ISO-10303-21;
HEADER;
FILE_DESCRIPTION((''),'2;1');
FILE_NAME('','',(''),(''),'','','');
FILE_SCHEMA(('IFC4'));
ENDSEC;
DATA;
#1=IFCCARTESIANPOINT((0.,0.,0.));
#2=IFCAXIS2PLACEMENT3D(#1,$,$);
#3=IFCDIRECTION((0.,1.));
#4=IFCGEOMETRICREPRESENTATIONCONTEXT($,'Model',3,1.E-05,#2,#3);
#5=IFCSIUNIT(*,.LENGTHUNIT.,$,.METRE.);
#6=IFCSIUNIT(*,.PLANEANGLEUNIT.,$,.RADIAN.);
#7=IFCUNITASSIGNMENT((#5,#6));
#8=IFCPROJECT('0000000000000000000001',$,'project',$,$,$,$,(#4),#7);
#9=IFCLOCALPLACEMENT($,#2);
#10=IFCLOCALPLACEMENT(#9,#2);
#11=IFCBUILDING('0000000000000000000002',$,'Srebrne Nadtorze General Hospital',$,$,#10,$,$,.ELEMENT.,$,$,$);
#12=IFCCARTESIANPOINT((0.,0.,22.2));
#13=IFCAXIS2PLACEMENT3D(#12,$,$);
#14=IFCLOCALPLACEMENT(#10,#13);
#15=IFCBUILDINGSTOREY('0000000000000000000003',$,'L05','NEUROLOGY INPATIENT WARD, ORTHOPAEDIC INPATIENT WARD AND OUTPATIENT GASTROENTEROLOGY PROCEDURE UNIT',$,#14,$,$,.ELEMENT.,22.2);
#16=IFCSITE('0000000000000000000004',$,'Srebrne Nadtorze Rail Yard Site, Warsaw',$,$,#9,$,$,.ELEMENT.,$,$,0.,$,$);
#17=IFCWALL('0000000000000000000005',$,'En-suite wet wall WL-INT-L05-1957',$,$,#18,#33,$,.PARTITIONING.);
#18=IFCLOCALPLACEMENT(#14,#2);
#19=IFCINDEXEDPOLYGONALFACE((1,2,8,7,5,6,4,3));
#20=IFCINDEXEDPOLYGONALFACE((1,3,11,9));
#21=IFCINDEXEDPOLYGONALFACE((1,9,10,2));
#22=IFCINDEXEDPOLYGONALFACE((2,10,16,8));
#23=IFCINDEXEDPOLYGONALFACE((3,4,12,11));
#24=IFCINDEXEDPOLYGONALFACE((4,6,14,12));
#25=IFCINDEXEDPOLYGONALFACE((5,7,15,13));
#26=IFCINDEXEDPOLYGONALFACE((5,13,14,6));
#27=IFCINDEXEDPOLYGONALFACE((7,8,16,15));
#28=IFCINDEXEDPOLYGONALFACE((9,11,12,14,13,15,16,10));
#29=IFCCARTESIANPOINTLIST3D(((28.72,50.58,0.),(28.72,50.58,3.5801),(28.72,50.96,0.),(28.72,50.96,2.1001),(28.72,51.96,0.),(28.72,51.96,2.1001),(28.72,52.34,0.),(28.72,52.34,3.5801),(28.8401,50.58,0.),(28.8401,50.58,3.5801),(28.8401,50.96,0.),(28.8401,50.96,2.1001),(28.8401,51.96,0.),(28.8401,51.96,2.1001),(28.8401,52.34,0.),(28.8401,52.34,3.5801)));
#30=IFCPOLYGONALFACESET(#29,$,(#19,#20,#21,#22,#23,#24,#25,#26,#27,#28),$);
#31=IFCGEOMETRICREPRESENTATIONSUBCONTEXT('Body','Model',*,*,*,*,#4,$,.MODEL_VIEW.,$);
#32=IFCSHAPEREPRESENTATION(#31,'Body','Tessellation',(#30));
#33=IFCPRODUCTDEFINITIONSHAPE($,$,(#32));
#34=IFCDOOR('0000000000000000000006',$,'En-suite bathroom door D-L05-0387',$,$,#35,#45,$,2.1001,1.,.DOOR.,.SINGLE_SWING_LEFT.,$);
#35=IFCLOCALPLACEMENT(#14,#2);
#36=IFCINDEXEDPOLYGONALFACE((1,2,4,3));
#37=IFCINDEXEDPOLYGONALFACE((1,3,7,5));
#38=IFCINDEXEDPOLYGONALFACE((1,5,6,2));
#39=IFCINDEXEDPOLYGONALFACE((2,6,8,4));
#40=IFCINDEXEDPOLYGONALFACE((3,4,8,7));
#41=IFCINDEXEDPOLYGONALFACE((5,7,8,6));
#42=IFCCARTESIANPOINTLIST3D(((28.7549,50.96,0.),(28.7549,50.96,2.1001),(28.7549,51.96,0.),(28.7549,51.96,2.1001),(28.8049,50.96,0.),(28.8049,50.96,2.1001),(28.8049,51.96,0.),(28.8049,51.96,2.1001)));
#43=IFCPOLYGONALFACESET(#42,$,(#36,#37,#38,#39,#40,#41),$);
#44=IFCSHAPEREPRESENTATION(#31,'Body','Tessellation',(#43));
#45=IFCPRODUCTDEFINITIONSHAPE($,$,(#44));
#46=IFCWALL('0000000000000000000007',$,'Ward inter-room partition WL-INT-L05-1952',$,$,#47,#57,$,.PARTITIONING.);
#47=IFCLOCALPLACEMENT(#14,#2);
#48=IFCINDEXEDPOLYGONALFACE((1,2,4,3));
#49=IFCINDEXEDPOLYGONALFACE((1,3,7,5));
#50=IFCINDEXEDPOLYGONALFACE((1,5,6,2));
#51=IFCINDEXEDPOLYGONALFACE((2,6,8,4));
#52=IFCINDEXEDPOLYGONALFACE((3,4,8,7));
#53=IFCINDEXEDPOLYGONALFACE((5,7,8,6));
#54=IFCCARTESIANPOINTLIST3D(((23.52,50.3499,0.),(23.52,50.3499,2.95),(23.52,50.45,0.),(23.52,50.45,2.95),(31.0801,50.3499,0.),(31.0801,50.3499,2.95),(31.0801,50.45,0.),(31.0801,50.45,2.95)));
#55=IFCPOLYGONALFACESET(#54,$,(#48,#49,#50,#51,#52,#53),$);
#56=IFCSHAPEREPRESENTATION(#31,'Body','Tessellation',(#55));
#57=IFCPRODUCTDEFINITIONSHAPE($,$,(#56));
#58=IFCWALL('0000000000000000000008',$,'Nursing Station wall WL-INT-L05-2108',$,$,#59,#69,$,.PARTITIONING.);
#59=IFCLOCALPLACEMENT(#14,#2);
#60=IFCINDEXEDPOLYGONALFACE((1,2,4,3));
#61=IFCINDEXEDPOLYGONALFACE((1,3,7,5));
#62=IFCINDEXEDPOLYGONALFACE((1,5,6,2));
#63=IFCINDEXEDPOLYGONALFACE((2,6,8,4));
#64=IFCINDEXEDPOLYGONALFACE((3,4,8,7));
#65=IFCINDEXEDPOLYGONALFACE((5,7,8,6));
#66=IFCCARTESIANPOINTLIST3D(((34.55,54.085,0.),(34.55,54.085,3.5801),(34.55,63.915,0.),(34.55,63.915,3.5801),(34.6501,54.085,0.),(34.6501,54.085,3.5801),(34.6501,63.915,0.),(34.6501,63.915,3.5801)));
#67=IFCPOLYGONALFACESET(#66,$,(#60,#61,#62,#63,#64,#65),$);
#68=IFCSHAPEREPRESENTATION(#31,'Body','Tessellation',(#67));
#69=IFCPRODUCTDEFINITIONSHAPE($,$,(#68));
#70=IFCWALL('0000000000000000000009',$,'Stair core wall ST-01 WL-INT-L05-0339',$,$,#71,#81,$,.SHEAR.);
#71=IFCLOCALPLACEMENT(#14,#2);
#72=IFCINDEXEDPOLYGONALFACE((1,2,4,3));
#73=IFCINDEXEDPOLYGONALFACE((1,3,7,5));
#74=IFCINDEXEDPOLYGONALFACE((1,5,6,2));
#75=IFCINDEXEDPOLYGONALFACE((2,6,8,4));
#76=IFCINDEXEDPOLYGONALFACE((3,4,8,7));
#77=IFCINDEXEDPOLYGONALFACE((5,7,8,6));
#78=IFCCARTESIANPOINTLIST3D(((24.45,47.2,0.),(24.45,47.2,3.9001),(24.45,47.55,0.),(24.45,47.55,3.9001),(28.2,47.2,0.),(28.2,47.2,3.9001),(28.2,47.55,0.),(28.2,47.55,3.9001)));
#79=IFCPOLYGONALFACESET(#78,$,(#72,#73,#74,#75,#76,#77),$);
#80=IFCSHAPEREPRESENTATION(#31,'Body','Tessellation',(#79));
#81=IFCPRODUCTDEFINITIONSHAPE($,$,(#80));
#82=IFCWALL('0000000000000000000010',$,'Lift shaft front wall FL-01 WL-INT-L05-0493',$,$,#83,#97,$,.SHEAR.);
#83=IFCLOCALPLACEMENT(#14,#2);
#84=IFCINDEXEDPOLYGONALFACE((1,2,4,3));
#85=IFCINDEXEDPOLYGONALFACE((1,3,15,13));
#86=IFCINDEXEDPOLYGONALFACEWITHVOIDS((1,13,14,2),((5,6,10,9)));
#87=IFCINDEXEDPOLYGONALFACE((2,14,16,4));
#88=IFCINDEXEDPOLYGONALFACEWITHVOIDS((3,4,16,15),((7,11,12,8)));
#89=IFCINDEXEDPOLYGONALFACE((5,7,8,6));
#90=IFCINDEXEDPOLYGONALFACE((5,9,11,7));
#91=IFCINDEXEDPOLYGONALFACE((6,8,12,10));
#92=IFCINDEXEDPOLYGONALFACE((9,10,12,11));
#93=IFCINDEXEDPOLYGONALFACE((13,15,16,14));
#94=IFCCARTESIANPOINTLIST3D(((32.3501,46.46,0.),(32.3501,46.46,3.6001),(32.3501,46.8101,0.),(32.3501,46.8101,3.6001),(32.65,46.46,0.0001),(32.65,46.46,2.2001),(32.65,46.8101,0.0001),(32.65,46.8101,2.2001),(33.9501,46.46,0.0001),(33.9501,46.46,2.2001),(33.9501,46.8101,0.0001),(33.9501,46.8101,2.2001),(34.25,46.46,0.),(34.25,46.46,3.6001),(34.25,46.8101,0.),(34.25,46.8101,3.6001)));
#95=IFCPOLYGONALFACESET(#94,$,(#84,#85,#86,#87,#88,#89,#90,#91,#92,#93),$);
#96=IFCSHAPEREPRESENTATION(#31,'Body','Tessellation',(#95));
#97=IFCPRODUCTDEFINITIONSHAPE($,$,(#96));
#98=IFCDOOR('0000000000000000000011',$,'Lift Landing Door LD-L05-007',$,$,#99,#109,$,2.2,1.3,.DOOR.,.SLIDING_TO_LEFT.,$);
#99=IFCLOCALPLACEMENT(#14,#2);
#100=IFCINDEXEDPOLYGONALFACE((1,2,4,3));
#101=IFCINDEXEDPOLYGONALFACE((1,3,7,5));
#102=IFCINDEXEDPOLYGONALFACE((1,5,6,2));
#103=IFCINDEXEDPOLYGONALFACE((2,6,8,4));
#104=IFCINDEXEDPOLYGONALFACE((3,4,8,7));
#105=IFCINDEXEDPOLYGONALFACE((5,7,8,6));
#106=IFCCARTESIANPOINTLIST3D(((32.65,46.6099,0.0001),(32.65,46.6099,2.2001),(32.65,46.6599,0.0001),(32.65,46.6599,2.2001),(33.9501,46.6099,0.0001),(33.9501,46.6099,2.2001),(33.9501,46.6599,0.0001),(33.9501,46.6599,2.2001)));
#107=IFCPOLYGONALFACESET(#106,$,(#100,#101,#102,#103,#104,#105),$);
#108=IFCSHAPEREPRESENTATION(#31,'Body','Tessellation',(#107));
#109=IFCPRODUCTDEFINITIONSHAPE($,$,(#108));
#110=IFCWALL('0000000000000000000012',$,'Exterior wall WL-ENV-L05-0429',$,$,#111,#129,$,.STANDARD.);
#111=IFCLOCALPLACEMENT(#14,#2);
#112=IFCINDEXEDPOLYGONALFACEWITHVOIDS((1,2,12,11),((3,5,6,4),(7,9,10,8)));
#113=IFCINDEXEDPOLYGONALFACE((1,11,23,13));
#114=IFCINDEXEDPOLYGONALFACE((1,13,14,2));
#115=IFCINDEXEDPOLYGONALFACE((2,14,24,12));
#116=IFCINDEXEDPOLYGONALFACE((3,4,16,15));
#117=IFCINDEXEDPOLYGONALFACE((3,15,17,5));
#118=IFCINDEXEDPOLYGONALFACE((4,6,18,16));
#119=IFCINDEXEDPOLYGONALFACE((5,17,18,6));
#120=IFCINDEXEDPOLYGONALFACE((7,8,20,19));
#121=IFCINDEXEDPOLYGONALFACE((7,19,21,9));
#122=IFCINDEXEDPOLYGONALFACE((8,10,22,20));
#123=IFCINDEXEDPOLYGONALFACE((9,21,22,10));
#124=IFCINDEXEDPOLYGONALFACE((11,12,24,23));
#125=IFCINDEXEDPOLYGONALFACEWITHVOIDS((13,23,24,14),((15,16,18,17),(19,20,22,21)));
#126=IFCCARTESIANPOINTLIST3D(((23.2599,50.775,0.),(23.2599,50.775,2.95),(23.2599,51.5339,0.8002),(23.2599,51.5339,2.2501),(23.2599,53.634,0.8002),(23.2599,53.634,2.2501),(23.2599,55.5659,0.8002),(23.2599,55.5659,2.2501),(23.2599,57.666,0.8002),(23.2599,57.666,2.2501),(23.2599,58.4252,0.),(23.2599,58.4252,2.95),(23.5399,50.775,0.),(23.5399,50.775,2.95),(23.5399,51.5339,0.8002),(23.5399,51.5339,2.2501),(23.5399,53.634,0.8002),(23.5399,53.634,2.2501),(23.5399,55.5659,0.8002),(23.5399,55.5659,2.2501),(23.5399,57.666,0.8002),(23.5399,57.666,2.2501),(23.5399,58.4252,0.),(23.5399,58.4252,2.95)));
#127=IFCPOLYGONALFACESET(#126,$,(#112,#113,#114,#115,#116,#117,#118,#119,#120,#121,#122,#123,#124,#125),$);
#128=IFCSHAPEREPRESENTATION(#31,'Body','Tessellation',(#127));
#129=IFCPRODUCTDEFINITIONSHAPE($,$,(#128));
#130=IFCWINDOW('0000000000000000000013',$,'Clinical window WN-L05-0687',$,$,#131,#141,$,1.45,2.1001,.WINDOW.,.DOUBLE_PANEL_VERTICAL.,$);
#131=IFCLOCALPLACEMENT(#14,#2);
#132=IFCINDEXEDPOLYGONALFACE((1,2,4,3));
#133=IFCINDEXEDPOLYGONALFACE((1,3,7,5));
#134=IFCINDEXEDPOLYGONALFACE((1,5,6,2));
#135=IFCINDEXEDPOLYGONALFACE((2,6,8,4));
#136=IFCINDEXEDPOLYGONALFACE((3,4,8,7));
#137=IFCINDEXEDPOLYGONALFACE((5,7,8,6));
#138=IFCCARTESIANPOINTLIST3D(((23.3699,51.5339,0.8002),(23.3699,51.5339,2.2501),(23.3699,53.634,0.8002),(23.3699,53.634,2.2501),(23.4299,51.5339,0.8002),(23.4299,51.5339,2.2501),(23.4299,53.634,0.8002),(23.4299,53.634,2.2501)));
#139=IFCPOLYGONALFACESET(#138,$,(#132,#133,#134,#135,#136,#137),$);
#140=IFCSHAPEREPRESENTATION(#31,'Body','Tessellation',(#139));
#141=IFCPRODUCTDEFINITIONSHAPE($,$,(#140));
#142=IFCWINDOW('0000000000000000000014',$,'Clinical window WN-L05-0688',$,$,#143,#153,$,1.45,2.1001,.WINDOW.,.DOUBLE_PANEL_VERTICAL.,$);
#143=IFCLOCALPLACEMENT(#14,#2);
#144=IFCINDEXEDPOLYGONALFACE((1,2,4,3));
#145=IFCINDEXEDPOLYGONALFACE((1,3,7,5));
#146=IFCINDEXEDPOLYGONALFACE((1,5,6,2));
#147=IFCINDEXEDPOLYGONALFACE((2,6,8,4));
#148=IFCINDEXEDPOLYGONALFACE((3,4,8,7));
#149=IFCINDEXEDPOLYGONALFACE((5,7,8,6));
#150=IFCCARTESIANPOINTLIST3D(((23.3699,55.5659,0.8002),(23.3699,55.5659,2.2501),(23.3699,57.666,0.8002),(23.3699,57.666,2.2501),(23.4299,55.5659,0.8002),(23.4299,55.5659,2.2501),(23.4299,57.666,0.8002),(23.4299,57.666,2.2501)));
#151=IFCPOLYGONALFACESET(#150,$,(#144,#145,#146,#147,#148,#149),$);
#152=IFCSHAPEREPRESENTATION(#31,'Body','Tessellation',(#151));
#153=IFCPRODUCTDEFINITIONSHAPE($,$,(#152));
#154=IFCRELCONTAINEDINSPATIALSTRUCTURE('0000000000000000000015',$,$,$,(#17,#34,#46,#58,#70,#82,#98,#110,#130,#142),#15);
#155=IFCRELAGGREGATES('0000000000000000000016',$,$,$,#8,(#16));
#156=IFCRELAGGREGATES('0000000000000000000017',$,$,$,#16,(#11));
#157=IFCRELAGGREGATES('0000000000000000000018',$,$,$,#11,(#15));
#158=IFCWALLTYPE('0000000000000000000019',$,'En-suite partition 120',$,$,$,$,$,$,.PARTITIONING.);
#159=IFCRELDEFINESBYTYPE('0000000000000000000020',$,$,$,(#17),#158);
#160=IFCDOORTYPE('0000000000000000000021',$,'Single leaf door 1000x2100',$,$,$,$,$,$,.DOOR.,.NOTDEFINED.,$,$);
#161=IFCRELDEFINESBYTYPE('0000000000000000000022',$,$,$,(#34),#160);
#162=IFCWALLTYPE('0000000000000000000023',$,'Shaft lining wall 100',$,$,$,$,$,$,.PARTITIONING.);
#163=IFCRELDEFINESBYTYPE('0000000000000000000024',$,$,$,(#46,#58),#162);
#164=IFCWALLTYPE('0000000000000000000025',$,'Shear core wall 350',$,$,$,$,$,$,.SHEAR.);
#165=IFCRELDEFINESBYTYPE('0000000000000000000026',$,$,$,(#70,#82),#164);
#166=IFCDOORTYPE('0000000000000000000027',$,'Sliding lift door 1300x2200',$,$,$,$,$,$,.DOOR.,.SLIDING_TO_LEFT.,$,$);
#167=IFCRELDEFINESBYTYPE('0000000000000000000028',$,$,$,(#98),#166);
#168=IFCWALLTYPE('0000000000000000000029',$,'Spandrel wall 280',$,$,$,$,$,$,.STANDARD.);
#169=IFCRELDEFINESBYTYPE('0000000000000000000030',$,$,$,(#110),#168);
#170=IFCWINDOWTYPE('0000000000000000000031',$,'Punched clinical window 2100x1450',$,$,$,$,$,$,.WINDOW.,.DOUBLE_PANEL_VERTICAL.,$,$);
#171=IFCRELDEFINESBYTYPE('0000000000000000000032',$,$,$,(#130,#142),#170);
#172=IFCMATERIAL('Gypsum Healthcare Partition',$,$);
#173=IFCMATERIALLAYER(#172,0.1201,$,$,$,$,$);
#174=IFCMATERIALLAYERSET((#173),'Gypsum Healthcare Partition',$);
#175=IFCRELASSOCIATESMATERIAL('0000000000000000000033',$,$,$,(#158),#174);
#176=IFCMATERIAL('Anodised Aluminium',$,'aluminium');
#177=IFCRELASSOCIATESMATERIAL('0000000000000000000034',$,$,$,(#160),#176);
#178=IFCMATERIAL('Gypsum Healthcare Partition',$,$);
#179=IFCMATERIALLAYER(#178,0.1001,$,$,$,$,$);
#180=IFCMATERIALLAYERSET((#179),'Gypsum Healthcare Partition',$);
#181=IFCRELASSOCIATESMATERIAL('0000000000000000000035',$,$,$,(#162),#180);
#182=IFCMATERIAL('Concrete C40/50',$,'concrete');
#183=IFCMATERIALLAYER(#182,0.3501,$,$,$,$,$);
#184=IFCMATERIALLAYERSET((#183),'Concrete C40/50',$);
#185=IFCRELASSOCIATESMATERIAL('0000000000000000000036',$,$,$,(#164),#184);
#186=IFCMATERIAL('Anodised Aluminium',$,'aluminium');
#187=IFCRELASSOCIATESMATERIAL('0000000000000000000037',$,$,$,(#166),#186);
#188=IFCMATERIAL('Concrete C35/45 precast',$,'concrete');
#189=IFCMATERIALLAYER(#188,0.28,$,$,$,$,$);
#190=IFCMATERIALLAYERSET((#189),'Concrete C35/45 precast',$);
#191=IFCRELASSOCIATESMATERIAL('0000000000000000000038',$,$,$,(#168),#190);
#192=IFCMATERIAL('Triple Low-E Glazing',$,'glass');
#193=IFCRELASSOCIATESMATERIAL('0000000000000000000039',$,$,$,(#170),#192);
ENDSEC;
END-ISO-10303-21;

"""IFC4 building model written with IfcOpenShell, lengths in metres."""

from ifc_helpers import new_model, si_unit, direction, frame, frame_2d, origin, place, context, subcontext, project, spatial, rectangle, extrude, material, layer, layer_set, type_object, element, fill, save


model = new_model("IFC4")

# Units and contexts
model_context = context("Model", 3, precision=1e-05, world=origin(), true_north=direction((0.0, 1.0)))
body_context = subcontext(model_context, "Body", "Model", "MODEL_VIEW")
ifc_project = project(units=[si_unit("LENGTHUNIT", "METRE"), si_unit("PLANEANGLEUNIT", "RADIAN")], contexts=[model_context])

# Site, building, storey
site_placement = place(None, origin())
site = spatial("IfcSite", under=ifc_project, at=site_placement, Name="Srebrne Nadtorze Rail Yard Site, Warsaw", CompositionType="ELEMENT", RefElevation=0.0)
building_placement = place(site_placement, origin())
building = spatial("IfcBuilding", under=site, at=building_placement, Name="Srebrne Nadtorze General Hospital", CompositionType="ELEMENT")
storey_placement = place(building_placement, frame((0.0, 0.0, 22.2)))
storey = spatial("IfcBuildingStorey", under=building, at=storey_placement, Name="L05", Description="NEUROLOGY INPATIENT WARD, ORTHOPAEDIC INPATIENT WARD AND OUTPATIENT GASTROENTEROLOGY PROCEDURE UNIT", CompositionType="ELEMENT", Elevation=22.2)

# Shared definitions
ifc_material_1 = material(Name="Gypsum Healthcare Partition")
ifc_layer_1 = layer(ifc_material_1, 0.1201)
ifc_layer_set_1 = layer_set([ifc_layer_1], Name="Gypsum Healthcare Partition")
wall_type_1 = type_object("IfcWallType", Name="En-suite partition 120", PredefinedType="PARTITIONING", material=ifc_layer_set_1)

# Wall, opening, door
wall_1_placement = place(storey_placement, frame((28.78, 50.5801, 0.0), z_axis=(0.0, 0.0, 1.0), x_axis=(0.0, 1.0, 0.0)))
wall_1 = element("IfcWall", 1, at=wall_1_placement, inside=storey, type_object=wall_type_1, Name="En-suite wet wall WL-INT-L05-1957", PredefinedType="PARTITIONING", context=body_context, shape_type="SweptSolid", body=[
    extrude(rectangle(XDim=1.76, YDim=0.1201, at=frame_2d((0.8799, 0.0))), origin(), (0.0, 0.0, 1.0), 3.5801),
])
opening_1_placement = place(wall_1_placement, frame((0.3799, 0.0, 0.0)))
opening_1 = element("IfcOpeningElement", 2, at=opening_1_placement, cuts=wall_1, PredefinedType="OPENING", context=body_context, shape_type="SweptSolid", body=[
    extrude(rectangle(XDim=1.0, YDim=2.1001, at=frame_2d((0.5, 1.05))), frame((0.0, 0.072, 0.0), z_axis=(0.0, -1.0, 0.0), x_axis=(1.0, 0.0, 0.0)), (0.0, 0.0, 1.0), 0.144),
])
ifc_material_2 = material(Name="Anodised Aluminium", Category="aluminium")
door_type_1 = type_object("IfcDoorType", Name="Single leaf door 1000x2100", OperationType="NOTDEFINED", PredefinedType="DOOR", material=ifc_material_2)
door_1_placement = place(opening_1_placement, frame((1.0, 0.0, 0.0), z_axis=(0.0, 0.0, 1.0), x_axis=(-1.0, 0.0, 0.0)))
door_1 = element("IfcDoor", 3, at=door_1_placement, inside=storey, type_object=door_type_1, Name="En-suite bathroom door D-L05-0387", OperationType="SINGLE_SWING_LEFT", OverallHeight=2.1001, OverallWidth=1.0, PredefinedType="DOOR", context=body_context, shape_type="SweptSolid", body=[
    extrude(rectangle(XDim=1.0, YDim=2.1001, at=frame_2d((0.5, 1.05))), frame((0.0, 0.0249, 0.0), z_axis=(0.0, -1.0, 0.0), x_axis=(1.0, 0.0, 0.0)), (0.0, 0.0, 1.0), 0.05),
])
fill(opening_1, door_1)

# Walls
ifc_material_3 = material(Name="Gypsum Healthcare Partition")
ifc_layer_2 = layer(ifc_material_3, 0.1001)
ifc_layer_set_2 = layer_set([ifc_layer_2], Name="Gypsum Healthcare Partition")
wall_type_2 = type_object("IfcWallType", Name="Shaft lining wall 100", PredefinedType="PARTITIONING", material=ifc_layer_set_2)
wall_2_placement = place(storey_placement, frame((23.52, 50.3999, 0.0), z_axis=(0.0, 0.0, 1.0), x_axis=(1.0, 0.0, 0.0)))
element("IfcWall", 4, at=wall_2_placement, inside=storey, type_object=wall_type_2, Name="Ward inter-room partition WL-INT-L05-1952", PredefinedType="PARTITIONING", context=body_context, shape_type="SweptSolid", body=[
    extrude(rectangle(XDim=7.5601, YDim=0.1001, at=frame_2d((3.78, 0.0))), origin(), (0.0, 0.0, 1.0), 2.95),
])
wall_3_placement = place(storey_placement, frame((34.6001, 54.085, 0.0), z_axis=(0.0, 0.0, 1.0), x_axis=(0.0, 1.0, 0.0)))
element("IfcWall", 5, at=wall_3_placement, inside=storey, type_object=wall_type_2, Name="Nursing Station wall WL-INT-L05-2108", PredefinedType="PARTITIONING", context=body_context, shape_type="SweptSolid", body=[
    extrude(rectangle(XDim=9.8301, YDim=0.1001, at=frame_2d((4.915, 0.0))), origin(), (0.0, 0.0, 1.0), 3.5801),
])
ifc_material_4 = material(Name="Concrete C40/50", Category="concrete")
ifc_layer_3 = layer(ifc_material_4, 0.3501)
ifc_layer_set_3 = layer_set([ifc_layer_3], Name="Concrete C40/50")
wall_type_3 = type_object("IfcWallType", Name="Shear core wall 350", PredefinedType="SHEAR", material=ifc_layer_set_3)
wall_4_placement = place(storey_placement, frame((24.45, 47.375, 0.0), z_axis=(0.0, 0.0, 1.0), x_axis=(1.0, 0.0, 0.0)))
element("IfcWall", 6, at=wall_4_placement, inside=storey, type_object=wall_type_3, Name="Stair core wall ST-01 WL-INT-L05-0339", PredefinedType="SHEAR", context=body_context, shape_type="SweptSolid", body=[
    extrude(rectangle(XDim=3.75, YDim=0.3501, at=frame_2d((1.875, 0.0))), origin(), (0.0, 0.0, 1.0), 3.9001),
])

# Wall, opening, door
wall_5_placement = place(storey_placement, frame((32.3501, 46.635, 0.0), z_axis=(0.0, 0.0, 1.0), x_axis=(1.0, 0.0, 0.0)))
wall_5 = element("IfcWall", 7, at=wall_5_placement, inside=storey, type_object=wall_type_3, Name="Lift shaft front wall FL-01 WL-INT-L05-0493", PredefinedType="SHEAR", context=body_context, shape_type="SweptSolid", body=[
    extrude(rectangle(XDim=1.8999, YDim=0.3501, at=frame_2d((0.95, 0.0))), origin(), (0.0, 0.0, 1.0), 3.6001),
])
opening_2_placement = place(wall_5_placement, frame((0.3, 0.0, 0.0)))
opening_2 = element("IfcOpeningElement", 8, at=opening_2_placement, cuts=wall_5, PredefinedType="OPENING", context=body_context, shape_type="SweptSolid", body=[
    extrude(rectangle(XDim=1.3, YDim=2.2, at=frame_2d((0.6499, 1.1001))), frame((0.0, 0.187, 0.0), z_axis=(0.0, -1.0, 0.0), x_axis=(1.0, 0.0, 0.0)), (0.0, 0.0, 1.0), 0.374),
])
ifc_material_5 = material(Name="Anodised Aluminium", Category="aluminium")
door_type_2 = type_object("IfcDoorType", Name="Sliding lift door 1300x2200", OperationType="SLIDING_TO_LEFT", PredefinedType="DOOR", material=ifc_material_5)
door_2_placement = place(opening_2_placement, origin())
door_2 = element("IfcDoor", 9, at=door_2_placement, inside=storey, type_object=door_type_2, Name="Lift Landing Door LD-L05-007", OperationType="SLIDING_TO_LEFT", OverallHeight=2.2, OverallWidth=1.3, PredefinedType="DOOR", context=body_context, shape_type="SweptSolid", body=[
    extrude(rectangle(XDim=1.3, YDim=2.2, at=frame_2d((0.6499, 1.1001))), frame((0.0, 0.0249, 0.0), z_axis=(0.0, -1.0, 0.0), x_axis=(1.0, 0.0, 0.0)), (0.0, 0.0, 1.0), 0.05),
])
fill(opening_2, door_2)

# Wall, openings, windows
ifc_material_6 = material(Name="Concrete C35/45 precast", Category="concrete")
ifc_layer_4 = layer(ifc_material_6, 0.28)
ifc_layer_set_4 = layer_set([ifc_layer_4], Name="Concrete C35/45 precast")
wall_type_4 = type_object("IfcWallType", Name="Spandrel wall 280", PredefinedType="STANDARD", material=ifc_layer_set_4)
wall_6_placement = place(storey_placement, frame((23.3999, 50.7749, 0.0), z_axis=(0.0, 0.0, 1.0), x_axis=(0.0, 1.0, 0.0)))
wall_6 = element("IfcWall", 10, at=wall_6_placement, inside=storey, type_object=wall_type_4, Name="Exterior wall WL-ENV-L05-0429", PredefinedType="STANDARD", context=body_context, shape_type="SweptSolid", body=[
    extrude(rectangle(XDim=7.6501, YDim=0.28, at=frame_2d((3.8252, 0.0))), origin(), (0.0, 0.0, 1.0), 2.95),
])
opening_3_placement = place(wall_6_placement, frame((0.759, 0.0, 0.8)))
opening_3 = element("IfcOpeningElement", 11, at=opening_3_placement, cuts=wall_6, PredefinedType="OPENING", context=body_context, shape_type="SweptSolid", body=[
    extrude(rectangle(XDim=2.1001, YDim=1.45, at=frame_2d((1.05, 0.7251))), frame((0.0, 0.1519, 0.0), z_axis=(0.0, -1.0, 0.0), x_axis=(1.0, 0.0, 0.0)), (0.0, 0.0, 1.0), 0.304),
])
opening_4_placement = place(wall_6_placement, frame((4.791, 0.0, 0.8)))
opening_4 = element("IfcOpeningElement", 12, at=opening_4_placement, cuts=wall_6, PredefinedType="OPENING", context=body_context, shape_type="SweptSolid", body=[
    extrude(rectangle(XDim=2.1001, YDim=1.45, at=frame_2d((1.05, 0.7251))), frame((0.0, 0.1519, 0.0), z_axis=(0.0, -1.0, 0.0), x_axis=(1.0, 0.0, 0.0)), (0.0, 0.0, 1.0), 0.304),
])
ifc_material_7 = material(Name="Triple Low-E Glazing", Category="glass")
window_type = type_object("IfcWindowType", Name="Punched clinical window 2100x1450", PartitioningType="DOUBLE_PANEL_VERTICAL", PredefinedType="WINDOW", material=ifc_material_7)
window_1_placement = place(opening_3_placement, origin())
window_1 = element("IfcWindow", 13, at=window_1_placement, inside=storey, type_object=window_type, Name="Clinical window WN-L05-0687", OverallHeight=1.45, OverallWidth=2.1001, PartitioningType="DOUBLE_PANEL_VERTICAL", PredefinedType="WINDOW", context=body_context, shape_type="SweptSolid", body=[
    extrude(rectangle(XDim=2.1001, YDim=1.45, at=frame_2d((1.05, 0.7251))), frame((0.0, 0.03, 0.0), z_axis=(0.0, -1.0, 0.0), x_axis=(1.0, 0.0, 0.0)), (0.0, 0.0, 1.0), 0.0601),
])
fill(opening_3, window_1)
window_2_placement = place(opening_4_placement, origin())
window_2 = element("IfcWindow", 14, at=window_2_placement, inside=storey, type_object=window_type, Name="Clinical window WN-L05-0688", OverallHeight=1.45, OverallWidth=2.1001, PartitioningType="DOUBLE_PANEL_VERTICAL", PredefinedType="WINDOW", context=body_context, shape_type="SweptSolid", body=[
    extrude(rectangle(XDim=2.1001, YDim=1.45, at=frame_2d((1.05, 0.7251))), frame((0.0, 0.03, 0.0), z_axis=(0.0, -1.0, 0.0), x_axis=(1.0, 0.0, 0.0)), (0.0, 0.0, 1.0), 0.0601),
])
fill(opening_4, window_2)

save(model, "model.ifc")
